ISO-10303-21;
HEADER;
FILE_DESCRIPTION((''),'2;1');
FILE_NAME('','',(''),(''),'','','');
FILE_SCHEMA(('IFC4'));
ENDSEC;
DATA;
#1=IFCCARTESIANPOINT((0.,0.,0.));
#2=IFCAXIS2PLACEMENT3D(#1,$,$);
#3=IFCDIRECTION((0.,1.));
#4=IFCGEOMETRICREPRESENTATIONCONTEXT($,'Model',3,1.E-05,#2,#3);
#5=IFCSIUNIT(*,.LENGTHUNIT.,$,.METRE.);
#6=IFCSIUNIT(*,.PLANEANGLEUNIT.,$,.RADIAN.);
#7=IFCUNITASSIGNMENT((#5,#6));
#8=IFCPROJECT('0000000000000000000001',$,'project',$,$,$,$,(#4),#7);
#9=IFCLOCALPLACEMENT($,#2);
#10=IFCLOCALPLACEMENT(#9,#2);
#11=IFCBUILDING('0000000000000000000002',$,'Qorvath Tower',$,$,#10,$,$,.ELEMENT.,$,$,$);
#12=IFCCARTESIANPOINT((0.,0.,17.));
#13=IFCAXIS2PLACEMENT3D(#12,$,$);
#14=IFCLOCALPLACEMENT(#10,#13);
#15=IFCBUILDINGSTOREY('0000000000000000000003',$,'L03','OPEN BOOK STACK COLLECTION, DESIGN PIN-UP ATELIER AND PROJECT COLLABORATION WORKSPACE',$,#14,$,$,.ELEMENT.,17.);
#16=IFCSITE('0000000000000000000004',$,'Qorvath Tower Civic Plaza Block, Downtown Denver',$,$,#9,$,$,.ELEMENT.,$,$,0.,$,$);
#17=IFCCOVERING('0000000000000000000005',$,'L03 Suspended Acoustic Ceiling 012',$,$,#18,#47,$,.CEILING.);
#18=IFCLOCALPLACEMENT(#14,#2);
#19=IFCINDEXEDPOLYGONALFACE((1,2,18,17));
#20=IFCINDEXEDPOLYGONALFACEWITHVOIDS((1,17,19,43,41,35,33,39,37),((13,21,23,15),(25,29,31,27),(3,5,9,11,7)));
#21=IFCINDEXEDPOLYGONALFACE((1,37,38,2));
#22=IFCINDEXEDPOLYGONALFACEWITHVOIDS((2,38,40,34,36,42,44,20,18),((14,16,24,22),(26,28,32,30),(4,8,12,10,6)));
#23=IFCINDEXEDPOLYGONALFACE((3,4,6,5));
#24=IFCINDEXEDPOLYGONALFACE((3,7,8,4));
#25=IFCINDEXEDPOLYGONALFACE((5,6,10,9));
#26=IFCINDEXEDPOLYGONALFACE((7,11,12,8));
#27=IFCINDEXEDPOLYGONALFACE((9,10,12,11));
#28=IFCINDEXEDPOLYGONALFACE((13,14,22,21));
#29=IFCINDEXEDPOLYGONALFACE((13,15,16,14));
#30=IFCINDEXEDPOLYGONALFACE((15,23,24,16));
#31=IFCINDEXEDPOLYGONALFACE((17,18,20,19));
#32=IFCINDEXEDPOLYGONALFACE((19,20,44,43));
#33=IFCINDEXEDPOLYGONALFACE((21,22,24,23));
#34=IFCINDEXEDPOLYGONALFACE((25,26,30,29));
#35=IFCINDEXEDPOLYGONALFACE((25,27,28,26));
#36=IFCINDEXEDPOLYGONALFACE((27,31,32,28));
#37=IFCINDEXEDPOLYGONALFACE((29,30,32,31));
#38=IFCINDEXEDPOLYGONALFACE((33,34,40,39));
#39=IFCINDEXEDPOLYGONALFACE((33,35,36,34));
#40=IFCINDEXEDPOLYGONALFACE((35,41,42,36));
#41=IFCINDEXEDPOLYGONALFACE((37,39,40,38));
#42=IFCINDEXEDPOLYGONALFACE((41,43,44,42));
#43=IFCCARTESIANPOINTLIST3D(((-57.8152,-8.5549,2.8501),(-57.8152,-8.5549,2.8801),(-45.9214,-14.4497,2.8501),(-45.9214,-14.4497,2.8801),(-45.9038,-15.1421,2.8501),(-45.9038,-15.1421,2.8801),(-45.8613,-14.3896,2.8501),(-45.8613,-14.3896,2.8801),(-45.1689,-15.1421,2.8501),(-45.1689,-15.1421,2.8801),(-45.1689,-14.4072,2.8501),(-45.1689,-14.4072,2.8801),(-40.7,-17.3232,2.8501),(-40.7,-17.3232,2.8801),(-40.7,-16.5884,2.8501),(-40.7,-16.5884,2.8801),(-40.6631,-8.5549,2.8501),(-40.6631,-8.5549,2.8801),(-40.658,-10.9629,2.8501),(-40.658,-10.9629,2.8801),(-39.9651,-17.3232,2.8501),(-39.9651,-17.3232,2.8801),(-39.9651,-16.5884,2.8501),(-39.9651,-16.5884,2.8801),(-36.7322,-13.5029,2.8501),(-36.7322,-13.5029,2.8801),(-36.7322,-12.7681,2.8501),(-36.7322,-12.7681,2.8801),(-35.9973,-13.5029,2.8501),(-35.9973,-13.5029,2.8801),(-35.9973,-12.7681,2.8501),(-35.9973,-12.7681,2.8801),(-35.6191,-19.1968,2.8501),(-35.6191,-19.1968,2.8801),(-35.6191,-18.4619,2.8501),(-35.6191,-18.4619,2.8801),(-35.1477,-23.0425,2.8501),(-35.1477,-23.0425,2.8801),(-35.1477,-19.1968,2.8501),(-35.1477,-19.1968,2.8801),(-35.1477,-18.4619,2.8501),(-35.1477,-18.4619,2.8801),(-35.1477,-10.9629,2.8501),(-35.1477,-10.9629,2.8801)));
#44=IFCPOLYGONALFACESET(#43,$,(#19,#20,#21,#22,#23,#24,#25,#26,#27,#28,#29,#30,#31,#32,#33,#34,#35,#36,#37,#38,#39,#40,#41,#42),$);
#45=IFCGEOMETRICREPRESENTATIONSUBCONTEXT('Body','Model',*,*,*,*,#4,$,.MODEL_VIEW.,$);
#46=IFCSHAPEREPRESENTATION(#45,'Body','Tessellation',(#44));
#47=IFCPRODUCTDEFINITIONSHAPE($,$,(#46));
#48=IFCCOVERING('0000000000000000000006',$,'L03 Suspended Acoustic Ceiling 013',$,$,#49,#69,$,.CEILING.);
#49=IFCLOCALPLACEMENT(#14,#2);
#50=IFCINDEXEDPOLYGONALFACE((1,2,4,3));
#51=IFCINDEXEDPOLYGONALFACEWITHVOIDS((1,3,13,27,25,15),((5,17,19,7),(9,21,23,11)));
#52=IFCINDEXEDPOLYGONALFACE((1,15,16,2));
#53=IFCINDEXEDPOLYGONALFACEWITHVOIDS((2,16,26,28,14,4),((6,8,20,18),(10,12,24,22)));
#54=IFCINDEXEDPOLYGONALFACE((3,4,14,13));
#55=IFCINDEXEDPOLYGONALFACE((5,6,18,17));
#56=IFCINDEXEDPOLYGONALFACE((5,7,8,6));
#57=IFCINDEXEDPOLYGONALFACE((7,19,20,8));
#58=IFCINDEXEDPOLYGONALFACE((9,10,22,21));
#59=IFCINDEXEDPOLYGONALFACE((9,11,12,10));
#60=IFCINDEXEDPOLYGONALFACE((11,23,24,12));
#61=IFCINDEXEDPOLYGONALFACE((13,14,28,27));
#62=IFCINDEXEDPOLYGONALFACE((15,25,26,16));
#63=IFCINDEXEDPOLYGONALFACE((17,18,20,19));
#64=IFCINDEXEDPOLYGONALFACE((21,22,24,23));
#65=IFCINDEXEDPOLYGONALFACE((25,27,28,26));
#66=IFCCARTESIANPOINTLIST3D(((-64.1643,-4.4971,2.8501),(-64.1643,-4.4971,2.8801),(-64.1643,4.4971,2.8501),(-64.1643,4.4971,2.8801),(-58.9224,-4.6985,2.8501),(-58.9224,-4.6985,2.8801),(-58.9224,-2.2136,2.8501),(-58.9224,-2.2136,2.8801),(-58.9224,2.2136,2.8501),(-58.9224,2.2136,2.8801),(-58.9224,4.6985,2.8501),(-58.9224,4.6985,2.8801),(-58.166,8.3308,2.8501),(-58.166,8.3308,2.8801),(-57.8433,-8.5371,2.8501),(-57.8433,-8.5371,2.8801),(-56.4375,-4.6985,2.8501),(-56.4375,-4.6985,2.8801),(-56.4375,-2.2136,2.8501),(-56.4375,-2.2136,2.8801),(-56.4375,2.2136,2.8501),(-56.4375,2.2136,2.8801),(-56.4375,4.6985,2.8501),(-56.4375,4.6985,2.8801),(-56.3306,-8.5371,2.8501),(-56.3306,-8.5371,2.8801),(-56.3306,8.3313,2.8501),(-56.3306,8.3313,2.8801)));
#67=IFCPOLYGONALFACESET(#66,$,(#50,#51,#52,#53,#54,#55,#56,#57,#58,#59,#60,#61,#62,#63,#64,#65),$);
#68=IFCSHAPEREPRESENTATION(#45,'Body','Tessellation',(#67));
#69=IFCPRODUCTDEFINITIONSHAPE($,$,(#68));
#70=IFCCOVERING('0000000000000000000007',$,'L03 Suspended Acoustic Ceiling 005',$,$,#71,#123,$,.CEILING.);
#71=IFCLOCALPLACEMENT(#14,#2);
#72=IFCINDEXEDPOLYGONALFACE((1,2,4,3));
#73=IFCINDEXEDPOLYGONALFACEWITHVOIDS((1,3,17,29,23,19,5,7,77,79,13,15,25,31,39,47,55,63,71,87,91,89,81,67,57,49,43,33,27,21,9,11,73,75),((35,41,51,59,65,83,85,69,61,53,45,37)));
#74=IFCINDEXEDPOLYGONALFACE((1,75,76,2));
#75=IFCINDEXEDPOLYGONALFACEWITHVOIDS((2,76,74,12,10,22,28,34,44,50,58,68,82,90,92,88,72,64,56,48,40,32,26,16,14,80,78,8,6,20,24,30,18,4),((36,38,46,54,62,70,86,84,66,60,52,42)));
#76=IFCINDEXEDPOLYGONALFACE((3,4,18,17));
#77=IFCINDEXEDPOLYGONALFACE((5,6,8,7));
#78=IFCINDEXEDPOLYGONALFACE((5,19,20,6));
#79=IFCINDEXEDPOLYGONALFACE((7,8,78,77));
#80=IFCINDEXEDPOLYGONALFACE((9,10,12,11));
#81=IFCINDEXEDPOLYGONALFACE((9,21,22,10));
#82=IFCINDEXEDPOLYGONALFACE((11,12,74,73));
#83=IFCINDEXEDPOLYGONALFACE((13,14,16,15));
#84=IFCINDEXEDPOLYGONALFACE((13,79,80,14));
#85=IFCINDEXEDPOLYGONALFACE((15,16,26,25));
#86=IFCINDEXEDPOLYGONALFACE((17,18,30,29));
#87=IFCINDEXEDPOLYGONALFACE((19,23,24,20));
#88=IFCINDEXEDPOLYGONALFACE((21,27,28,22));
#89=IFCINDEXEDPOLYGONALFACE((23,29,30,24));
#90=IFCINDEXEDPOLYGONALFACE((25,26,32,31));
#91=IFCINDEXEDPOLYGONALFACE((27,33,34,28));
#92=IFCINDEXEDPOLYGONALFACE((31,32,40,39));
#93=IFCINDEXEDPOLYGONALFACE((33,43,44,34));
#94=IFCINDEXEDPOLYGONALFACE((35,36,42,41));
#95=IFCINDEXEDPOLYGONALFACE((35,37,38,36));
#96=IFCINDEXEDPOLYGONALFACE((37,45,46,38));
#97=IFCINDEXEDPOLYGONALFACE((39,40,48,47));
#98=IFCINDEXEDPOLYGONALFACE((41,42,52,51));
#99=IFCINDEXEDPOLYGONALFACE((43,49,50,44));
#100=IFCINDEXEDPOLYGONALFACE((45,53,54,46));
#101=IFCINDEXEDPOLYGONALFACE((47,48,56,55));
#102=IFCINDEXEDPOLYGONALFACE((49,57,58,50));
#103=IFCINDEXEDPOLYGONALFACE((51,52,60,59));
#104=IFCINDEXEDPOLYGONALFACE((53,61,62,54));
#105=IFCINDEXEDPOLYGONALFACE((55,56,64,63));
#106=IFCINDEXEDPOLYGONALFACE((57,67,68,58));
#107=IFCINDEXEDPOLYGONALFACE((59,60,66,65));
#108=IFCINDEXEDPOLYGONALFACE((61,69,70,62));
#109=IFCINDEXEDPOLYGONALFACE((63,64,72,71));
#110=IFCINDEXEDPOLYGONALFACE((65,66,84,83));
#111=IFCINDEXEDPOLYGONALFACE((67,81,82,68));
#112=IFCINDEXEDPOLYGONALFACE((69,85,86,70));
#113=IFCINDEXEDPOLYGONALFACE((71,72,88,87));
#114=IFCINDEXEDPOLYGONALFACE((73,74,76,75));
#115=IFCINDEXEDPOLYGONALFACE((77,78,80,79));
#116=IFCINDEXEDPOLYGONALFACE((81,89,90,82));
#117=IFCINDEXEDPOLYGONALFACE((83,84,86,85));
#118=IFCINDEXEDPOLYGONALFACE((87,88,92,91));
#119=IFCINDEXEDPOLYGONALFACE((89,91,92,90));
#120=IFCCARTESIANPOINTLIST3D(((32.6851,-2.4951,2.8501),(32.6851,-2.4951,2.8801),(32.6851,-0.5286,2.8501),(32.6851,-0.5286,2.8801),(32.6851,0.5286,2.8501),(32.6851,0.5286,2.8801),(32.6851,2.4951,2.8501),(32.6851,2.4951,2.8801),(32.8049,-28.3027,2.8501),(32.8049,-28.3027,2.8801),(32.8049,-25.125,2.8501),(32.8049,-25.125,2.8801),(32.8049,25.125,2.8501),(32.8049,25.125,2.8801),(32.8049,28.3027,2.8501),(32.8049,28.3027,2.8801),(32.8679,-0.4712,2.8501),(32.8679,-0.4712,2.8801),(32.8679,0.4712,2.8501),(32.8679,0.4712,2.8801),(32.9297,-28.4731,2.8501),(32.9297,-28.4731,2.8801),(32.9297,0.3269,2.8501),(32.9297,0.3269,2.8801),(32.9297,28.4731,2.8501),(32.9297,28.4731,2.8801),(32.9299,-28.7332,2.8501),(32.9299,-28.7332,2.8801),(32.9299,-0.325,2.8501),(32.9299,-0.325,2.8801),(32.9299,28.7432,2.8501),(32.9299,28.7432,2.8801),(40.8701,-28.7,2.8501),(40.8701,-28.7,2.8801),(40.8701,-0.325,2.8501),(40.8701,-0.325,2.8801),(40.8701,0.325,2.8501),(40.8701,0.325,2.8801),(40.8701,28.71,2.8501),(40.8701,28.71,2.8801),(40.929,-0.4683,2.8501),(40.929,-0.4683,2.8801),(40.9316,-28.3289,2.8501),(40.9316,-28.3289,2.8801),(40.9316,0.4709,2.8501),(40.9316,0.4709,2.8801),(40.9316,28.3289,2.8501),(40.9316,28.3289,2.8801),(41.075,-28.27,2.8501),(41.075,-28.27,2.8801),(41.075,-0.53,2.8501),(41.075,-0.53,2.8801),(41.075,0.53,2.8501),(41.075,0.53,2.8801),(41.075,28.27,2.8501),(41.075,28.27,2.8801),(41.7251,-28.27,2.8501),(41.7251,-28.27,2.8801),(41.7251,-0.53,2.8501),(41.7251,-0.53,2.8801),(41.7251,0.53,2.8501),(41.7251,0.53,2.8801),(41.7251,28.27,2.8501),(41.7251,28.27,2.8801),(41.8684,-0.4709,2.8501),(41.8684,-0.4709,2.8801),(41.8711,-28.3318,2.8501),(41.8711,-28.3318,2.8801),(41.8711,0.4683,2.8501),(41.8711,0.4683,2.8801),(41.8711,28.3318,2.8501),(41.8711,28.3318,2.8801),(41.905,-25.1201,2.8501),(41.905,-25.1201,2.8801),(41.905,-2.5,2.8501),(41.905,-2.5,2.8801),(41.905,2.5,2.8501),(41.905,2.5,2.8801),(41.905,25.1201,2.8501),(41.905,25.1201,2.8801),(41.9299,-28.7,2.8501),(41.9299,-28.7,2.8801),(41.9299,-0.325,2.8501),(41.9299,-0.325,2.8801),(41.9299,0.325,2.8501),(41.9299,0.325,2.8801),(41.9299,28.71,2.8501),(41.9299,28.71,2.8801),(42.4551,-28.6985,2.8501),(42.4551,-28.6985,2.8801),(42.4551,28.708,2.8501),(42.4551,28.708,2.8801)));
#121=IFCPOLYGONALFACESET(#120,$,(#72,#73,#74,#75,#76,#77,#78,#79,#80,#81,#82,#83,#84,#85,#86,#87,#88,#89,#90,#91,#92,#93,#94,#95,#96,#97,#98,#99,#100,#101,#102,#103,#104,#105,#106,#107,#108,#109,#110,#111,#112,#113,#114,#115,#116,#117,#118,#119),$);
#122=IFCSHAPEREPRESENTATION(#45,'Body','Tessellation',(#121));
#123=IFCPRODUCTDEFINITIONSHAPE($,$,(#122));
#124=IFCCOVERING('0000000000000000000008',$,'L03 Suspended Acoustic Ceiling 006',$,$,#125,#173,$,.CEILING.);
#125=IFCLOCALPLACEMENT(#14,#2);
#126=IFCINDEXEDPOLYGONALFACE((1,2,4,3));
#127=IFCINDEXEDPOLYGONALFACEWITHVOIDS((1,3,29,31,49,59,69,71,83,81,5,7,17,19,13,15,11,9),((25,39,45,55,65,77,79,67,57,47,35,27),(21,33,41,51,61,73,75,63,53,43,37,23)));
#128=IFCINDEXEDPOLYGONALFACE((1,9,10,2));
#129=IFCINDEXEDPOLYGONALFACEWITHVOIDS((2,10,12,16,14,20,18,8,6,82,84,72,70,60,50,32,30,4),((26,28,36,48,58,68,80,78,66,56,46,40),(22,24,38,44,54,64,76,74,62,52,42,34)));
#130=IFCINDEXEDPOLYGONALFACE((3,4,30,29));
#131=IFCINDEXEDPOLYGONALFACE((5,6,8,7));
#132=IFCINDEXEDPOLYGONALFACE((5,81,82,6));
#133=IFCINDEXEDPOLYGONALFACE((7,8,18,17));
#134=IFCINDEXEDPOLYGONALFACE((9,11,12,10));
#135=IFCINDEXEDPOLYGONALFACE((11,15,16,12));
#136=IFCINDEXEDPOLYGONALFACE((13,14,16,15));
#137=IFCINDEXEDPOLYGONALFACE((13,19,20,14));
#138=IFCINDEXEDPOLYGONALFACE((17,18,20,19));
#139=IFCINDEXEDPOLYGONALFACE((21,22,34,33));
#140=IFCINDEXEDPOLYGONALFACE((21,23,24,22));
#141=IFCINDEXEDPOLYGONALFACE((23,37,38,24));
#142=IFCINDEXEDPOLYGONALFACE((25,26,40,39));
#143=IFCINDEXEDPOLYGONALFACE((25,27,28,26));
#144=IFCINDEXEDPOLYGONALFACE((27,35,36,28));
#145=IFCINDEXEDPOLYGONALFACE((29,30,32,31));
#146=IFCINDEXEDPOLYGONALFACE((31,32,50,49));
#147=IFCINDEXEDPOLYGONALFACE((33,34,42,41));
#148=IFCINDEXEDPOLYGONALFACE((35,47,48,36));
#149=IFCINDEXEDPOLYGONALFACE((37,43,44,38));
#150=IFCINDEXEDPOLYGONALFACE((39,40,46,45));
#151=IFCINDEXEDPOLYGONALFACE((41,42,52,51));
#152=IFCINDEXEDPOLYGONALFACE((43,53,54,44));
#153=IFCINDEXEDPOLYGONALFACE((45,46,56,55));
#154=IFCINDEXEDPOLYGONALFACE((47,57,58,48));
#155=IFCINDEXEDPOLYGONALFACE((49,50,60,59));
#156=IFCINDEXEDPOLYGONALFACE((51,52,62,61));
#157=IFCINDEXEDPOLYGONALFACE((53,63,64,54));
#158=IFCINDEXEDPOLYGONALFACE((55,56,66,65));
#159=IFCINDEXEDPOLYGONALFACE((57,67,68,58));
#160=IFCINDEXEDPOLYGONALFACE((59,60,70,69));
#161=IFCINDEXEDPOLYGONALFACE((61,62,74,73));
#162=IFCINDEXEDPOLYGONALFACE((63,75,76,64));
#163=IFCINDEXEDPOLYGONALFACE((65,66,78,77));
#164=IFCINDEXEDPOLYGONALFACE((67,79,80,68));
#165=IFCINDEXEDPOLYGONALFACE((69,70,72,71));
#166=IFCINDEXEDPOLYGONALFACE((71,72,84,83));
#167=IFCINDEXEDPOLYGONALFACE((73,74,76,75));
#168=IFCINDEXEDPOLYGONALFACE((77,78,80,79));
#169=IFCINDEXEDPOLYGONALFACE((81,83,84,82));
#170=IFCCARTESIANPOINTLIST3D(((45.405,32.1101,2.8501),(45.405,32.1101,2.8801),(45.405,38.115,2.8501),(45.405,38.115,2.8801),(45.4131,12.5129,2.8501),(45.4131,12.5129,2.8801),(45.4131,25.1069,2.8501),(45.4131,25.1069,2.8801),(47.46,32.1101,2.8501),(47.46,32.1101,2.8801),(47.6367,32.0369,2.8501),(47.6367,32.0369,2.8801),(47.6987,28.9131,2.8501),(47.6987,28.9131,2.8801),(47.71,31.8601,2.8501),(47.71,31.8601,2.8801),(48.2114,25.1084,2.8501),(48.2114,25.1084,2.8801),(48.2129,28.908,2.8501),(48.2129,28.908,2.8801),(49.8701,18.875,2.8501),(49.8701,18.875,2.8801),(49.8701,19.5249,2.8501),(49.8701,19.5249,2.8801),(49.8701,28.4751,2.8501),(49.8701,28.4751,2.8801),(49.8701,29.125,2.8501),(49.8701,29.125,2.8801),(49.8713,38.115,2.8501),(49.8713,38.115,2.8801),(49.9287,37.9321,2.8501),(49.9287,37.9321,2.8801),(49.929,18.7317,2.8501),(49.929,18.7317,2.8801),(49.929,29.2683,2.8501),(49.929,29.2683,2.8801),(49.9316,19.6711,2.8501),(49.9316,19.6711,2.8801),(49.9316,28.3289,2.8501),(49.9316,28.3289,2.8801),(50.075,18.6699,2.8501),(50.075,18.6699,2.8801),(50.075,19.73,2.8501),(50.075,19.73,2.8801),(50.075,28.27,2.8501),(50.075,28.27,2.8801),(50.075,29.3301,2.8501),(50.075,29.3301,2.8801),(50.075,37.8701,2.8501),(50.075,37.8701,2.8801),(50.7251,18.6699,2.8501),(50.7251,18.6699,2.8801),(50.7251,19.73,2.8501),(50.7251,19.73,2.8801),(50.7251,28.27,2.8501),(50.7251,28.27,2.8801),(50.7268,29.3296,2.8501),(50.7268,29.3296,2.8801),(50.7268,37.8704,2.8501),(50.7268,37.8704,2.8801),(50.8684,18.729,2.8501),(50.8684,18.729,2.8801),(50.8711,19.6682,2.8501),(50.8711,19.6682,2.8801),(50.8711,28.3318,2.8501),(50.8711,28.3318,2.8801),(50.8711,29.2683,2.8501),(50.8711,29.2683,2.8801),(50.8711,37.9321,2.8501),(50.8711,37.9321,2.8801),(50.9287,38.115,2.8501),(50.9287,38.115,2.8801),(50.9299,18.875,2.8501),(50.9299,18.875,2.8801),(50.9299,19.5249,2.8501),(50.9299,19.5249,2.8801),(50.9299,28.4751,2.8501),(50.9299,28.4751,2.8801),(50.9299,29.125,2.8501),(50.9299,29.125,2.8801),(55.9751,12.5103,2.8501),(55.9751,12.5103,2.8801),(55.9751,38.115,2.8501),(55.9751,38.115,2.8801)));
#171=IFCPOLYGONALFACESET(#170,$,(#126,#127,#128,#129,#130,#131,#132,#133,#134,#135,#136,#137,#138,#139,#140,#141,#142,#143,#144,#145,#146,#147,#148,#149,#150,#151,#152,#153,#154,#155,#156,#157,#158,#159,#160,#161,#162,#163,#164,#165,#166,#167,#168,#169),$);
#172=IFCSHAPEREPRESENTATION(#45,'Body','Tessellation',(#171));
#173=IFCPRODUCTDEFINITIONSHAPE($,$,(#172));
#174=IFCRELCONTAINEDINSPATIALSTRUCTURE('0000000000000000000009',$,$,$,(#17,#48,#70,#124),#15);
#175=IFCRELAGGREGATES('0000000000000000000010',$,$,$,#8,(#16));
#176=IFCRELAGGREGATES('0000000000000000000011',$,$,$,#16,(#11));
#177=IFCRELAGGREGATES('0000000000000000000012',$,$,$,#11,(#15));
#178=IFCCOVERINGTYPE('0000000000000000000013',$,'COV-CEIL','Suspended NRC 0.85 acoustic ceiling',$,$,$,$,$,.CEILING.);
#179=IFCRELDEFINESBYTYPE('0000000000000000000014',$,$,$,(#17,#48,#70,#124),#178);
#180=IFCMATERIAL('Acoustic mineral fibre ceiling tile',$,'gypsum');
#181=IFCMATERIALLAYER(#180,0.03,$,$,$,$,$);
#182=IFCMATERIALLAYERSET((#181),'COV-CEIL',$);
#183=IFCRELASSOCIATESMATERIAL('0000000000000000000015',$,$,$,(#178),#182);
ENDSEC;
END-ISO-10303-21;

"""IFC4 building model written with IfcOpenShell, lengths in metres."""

from ifc_helpers import new_model, si_unit, direction, frame, origin, place, context, subcontext, project, spatial, polyline, outline, extrude, material, layer, layer_set, type_object, element, save


model = new_model("IFC4")

# Units and contexts
model_context = context("Model", 3, precision=1e-05, world=origin(), true_north=direction((0.0, 1.0)))
body_context = subcontext(model_context, "Body", "Model", "MODEL_VIEW")
ifc_project = project(units=[si_unit("LENGTHUNIT", "METRE"), si_unit("PLANEANGLEUNIT", "RADIAN")], contexts=[model_context])

# Site, building, storey
site_placement = place(None, origin())
site = spatial("IfcSite", under=ifc_project, at=site_placement, Name="Qorvath Tower Civic Plaza Block, Downtown Denver", CompositionType="ELEMENT", RefElevation=0.0)
building_placement = place(site_placement, origin())
building = spatial("IfcBuilding", under=site, at=building_placement, Name="Qorvath Tower", CompositionType="ELEMENT")
storey_placement = place(building_placement, frame((0.0, 0.0, 17.0)))
storey = spatial("IfcBuildingStorey", under=building, at=storey_placement, Name="L03", Description="OPEN BOOK STACK COLLECTION, DESIGN PIN-UP ATELIER AND PROJECT COLLABORATION WORKSPACE", CompositionType="ELEMENT", Elevation=17.0)

# Coverings
ifc_material_1 = material(Name="Acoustic mineral fibre ceiling tile", Category="gypsum")
ifc_layer_1 = layer(ifc_material_1, 0.03)
ifc_layer_set_1 = layer_set([ifc_layer_1], Name="COV-CEIL")
covering_type_1 = type_object("IfcCoveringType", Name="COV-CEIL", Description="Suspended NRC 0.85 acoustic ceiling", PredefinedType="CEILING", material=ifc_layer_set_1)
covering_1_placement = place(storey_placement, frame((0.0, 0.0, 2.8501)))
element("IfcCovering", 1, at=covering_1_placement, inside=storey, type_object=covering_type_1, Name="L03 Suspended Acoustic Ceiling 012", PredefinedType="CEILING", context=body_context, shape_type="SweptSolid", body=[
    extrude(outline(polyline([(-35.1477, -23.0425), (-35.1477, -19.1968), (-35.6191, -19.1968), (-35.6191, -18.4619), (-35.1477, -18.4619), (-35.1477, -10.9629), (-40.658, -10.9629), (-40.6631, -8.5549), (-57.8152, -8.5549), (-35.1477, -23.0425)]), holes=[polyline([(-36.7322, -12.7681), (-35.9973, -12.7681), (-35.9973, -13.5029), (-36.7322, -13.5029), (-36.7322, -12.7681)]), polyline([(-40.7, -16.5884), (-39.9651, -16.5884), (-39.9651, -17.3232), (-40.7, -17.3232), (-40.7, -16.5884)]), polyline([(-45.9214, -14.4497), (-45.8613, -14.3896), (-45.1689, -14.4072), (-45.1689, -15.1421), (-45.9038, -15.1421), (-45.9214, -14.4497)])]), origin(), (0.0, 0.0, 1.0), 0.03),
])
covering_2_placement = place(storey_placement, frame((0.0, 0.0, 2.8501)))
element("IfcCovering", 2, at=covering_2_placement, inside=storey, type_object=covering_type_1, Name="L03 Suspended Acoustic Ceiling 013", PredefinedType="CEILING", context=body_context, shape_type="SweptSolid", body=[
    extrude(outline(polyline([(-56.3306, -8.5371), (-56.3306, 8.3313), (-58.166, 8.3308), (-64.1643, 4.4971), (-64.1643, -4.4971), (-57.8433, -8.5371), (-56.3306, -8.5371)]), holes=[polyline([(-58.9224, -2.2136), (-56.4375, -2.2136), (-56.4375, -4.6985), (-58.9224, -4.6985), (-58.9224, -2.2136)]), polyline([(-58.9224, 4.6985), (-56.4375, 4.6985), (-56.4375, 2.2136), (-58.9224, 2.2136), (-58.9224, 4.6985)])]), origin(), (0.0, 0.0, 1.0), 0.03),
])
covering_3_placement = place(storey_placement, frame((0.0, 0.0, 2.8501)))
element("IfcCovering", 3, at=covering_3_placement, inside=storey, type_object=covering_type_1, Name="L03 Suspended Acoustic Ceiling 005", PredefinedType="CEILING", context=body_context, shape_type="SweptSolid", body=[
    extrude(outline(polyline([(41.905, -25.1201), (32.8049, -25.125), (32.8049, -28.3027), (32.9297, -28.4731), (32.9299, -28.7332), (40.8701, -28.7), (40.9316, -28.3289), (41.075, -28.27), (41.7251, -28.27), (41.8711, -28.3318), (41.9299, -28.7), (42.4551, -28.6985), (42.4551, 28.708), (41.9299, 28.71), (41.8711, 28.3318), (41.7251, 28.27), (41.075, 28.27), (40.9316, 28.3289), (40.8701, 28.71), (32.9299, 28.7432), (32.9297, 28.4731), (32.8049, 28.3027), (32.8049, 25.125), (41.905, 25.1201), (41.905, 2.5), (32.6851, 2.4951), (32.6851, 0.5286), (32.8679, 0.4712), (32.9297, 0.3269), (32.9299, -0.325), (32.8679, -0.4712), (32.6851, -0.5286), (32.6851, -2.4951), (41.905, -2.5), (41.905, -25.1201)]), holes=[polyline([(40.929, -0.4683), (40.8701, -0.325), (40.8701, 0.325), (40.9316, 0.4709), (41.075, 0.53), (41.7251, 0.53), (41.8711, 0.4683), (41.9299, 0.325), (41.9299, -0.325), (41.8684, -0.4709), (41.7251, -0.53), (41.075, -0.53), (40.929, -0.4683)])]), origin(), (0.0, 0.0, 1.0), 0.03),
])
covering_4_placement = place(storey_placement, frame((0.0, 0.0, 2.8501)))
element("IfcCovering", 4, at=covering_4_placement, inside=storey, type_object=covering_type_1, Name="L03 Suspended Acoustic Ceiling 006", PredefinedType="CEILING", context=body_context, shape_type="SweptSolid", body=[
    extrude(outline(polyline([(45.405, 38.115), (45.405, 32.1101), (47.46, 32.1101), (47.6367, 32.0369), (47.71, 31.8601), (47.6987, 28.9131), (48.2129, 28.908), (48.2114, 25.1084), (45.4131, 25.1069), (45.4131, 12.5129), (55.9751, 12.5103), (55.9751, 38.115), (50.9287, 38.115), (50.8711, 37.9321), (50.7268, 37.8704), (50.075, 37.8701), (49.9287, 37.9321), (49.8713, 38.115), (45.405, 38.115)]), holes=[polyline([(50.7268, 29.3296), (50.8711, 29.2683), (50.9299, 29.125), (50.9299, 28.4751), (50.8711, 28.3318), (50.7251, 28.27), (50.075, 28.27), (49.9316, 28.3289), (49.8701, 28.4751), (49.8701, 29.125), (49.929, 29.2683), (50.075, 29.3301), (50.7268, 29.3296)]), polyline([(50.8711, 19.6682), (50.9299, 19.5249), (50.9299, 18.875), (50.8684, 18.729), (50.7251, 18.6699), (50.075, 18.6699), (49.929, 18.7317), (49.8701, 18.875), (49.8701, 19.5249), (49.9316, 19.6711), (50.075, 19.73), (50.7251, 19.73), (50.8711, 19.6682)])]), origin(), (0.0, 0.0, 1.0), 0.03),
])

save(model, "model.ifc")
